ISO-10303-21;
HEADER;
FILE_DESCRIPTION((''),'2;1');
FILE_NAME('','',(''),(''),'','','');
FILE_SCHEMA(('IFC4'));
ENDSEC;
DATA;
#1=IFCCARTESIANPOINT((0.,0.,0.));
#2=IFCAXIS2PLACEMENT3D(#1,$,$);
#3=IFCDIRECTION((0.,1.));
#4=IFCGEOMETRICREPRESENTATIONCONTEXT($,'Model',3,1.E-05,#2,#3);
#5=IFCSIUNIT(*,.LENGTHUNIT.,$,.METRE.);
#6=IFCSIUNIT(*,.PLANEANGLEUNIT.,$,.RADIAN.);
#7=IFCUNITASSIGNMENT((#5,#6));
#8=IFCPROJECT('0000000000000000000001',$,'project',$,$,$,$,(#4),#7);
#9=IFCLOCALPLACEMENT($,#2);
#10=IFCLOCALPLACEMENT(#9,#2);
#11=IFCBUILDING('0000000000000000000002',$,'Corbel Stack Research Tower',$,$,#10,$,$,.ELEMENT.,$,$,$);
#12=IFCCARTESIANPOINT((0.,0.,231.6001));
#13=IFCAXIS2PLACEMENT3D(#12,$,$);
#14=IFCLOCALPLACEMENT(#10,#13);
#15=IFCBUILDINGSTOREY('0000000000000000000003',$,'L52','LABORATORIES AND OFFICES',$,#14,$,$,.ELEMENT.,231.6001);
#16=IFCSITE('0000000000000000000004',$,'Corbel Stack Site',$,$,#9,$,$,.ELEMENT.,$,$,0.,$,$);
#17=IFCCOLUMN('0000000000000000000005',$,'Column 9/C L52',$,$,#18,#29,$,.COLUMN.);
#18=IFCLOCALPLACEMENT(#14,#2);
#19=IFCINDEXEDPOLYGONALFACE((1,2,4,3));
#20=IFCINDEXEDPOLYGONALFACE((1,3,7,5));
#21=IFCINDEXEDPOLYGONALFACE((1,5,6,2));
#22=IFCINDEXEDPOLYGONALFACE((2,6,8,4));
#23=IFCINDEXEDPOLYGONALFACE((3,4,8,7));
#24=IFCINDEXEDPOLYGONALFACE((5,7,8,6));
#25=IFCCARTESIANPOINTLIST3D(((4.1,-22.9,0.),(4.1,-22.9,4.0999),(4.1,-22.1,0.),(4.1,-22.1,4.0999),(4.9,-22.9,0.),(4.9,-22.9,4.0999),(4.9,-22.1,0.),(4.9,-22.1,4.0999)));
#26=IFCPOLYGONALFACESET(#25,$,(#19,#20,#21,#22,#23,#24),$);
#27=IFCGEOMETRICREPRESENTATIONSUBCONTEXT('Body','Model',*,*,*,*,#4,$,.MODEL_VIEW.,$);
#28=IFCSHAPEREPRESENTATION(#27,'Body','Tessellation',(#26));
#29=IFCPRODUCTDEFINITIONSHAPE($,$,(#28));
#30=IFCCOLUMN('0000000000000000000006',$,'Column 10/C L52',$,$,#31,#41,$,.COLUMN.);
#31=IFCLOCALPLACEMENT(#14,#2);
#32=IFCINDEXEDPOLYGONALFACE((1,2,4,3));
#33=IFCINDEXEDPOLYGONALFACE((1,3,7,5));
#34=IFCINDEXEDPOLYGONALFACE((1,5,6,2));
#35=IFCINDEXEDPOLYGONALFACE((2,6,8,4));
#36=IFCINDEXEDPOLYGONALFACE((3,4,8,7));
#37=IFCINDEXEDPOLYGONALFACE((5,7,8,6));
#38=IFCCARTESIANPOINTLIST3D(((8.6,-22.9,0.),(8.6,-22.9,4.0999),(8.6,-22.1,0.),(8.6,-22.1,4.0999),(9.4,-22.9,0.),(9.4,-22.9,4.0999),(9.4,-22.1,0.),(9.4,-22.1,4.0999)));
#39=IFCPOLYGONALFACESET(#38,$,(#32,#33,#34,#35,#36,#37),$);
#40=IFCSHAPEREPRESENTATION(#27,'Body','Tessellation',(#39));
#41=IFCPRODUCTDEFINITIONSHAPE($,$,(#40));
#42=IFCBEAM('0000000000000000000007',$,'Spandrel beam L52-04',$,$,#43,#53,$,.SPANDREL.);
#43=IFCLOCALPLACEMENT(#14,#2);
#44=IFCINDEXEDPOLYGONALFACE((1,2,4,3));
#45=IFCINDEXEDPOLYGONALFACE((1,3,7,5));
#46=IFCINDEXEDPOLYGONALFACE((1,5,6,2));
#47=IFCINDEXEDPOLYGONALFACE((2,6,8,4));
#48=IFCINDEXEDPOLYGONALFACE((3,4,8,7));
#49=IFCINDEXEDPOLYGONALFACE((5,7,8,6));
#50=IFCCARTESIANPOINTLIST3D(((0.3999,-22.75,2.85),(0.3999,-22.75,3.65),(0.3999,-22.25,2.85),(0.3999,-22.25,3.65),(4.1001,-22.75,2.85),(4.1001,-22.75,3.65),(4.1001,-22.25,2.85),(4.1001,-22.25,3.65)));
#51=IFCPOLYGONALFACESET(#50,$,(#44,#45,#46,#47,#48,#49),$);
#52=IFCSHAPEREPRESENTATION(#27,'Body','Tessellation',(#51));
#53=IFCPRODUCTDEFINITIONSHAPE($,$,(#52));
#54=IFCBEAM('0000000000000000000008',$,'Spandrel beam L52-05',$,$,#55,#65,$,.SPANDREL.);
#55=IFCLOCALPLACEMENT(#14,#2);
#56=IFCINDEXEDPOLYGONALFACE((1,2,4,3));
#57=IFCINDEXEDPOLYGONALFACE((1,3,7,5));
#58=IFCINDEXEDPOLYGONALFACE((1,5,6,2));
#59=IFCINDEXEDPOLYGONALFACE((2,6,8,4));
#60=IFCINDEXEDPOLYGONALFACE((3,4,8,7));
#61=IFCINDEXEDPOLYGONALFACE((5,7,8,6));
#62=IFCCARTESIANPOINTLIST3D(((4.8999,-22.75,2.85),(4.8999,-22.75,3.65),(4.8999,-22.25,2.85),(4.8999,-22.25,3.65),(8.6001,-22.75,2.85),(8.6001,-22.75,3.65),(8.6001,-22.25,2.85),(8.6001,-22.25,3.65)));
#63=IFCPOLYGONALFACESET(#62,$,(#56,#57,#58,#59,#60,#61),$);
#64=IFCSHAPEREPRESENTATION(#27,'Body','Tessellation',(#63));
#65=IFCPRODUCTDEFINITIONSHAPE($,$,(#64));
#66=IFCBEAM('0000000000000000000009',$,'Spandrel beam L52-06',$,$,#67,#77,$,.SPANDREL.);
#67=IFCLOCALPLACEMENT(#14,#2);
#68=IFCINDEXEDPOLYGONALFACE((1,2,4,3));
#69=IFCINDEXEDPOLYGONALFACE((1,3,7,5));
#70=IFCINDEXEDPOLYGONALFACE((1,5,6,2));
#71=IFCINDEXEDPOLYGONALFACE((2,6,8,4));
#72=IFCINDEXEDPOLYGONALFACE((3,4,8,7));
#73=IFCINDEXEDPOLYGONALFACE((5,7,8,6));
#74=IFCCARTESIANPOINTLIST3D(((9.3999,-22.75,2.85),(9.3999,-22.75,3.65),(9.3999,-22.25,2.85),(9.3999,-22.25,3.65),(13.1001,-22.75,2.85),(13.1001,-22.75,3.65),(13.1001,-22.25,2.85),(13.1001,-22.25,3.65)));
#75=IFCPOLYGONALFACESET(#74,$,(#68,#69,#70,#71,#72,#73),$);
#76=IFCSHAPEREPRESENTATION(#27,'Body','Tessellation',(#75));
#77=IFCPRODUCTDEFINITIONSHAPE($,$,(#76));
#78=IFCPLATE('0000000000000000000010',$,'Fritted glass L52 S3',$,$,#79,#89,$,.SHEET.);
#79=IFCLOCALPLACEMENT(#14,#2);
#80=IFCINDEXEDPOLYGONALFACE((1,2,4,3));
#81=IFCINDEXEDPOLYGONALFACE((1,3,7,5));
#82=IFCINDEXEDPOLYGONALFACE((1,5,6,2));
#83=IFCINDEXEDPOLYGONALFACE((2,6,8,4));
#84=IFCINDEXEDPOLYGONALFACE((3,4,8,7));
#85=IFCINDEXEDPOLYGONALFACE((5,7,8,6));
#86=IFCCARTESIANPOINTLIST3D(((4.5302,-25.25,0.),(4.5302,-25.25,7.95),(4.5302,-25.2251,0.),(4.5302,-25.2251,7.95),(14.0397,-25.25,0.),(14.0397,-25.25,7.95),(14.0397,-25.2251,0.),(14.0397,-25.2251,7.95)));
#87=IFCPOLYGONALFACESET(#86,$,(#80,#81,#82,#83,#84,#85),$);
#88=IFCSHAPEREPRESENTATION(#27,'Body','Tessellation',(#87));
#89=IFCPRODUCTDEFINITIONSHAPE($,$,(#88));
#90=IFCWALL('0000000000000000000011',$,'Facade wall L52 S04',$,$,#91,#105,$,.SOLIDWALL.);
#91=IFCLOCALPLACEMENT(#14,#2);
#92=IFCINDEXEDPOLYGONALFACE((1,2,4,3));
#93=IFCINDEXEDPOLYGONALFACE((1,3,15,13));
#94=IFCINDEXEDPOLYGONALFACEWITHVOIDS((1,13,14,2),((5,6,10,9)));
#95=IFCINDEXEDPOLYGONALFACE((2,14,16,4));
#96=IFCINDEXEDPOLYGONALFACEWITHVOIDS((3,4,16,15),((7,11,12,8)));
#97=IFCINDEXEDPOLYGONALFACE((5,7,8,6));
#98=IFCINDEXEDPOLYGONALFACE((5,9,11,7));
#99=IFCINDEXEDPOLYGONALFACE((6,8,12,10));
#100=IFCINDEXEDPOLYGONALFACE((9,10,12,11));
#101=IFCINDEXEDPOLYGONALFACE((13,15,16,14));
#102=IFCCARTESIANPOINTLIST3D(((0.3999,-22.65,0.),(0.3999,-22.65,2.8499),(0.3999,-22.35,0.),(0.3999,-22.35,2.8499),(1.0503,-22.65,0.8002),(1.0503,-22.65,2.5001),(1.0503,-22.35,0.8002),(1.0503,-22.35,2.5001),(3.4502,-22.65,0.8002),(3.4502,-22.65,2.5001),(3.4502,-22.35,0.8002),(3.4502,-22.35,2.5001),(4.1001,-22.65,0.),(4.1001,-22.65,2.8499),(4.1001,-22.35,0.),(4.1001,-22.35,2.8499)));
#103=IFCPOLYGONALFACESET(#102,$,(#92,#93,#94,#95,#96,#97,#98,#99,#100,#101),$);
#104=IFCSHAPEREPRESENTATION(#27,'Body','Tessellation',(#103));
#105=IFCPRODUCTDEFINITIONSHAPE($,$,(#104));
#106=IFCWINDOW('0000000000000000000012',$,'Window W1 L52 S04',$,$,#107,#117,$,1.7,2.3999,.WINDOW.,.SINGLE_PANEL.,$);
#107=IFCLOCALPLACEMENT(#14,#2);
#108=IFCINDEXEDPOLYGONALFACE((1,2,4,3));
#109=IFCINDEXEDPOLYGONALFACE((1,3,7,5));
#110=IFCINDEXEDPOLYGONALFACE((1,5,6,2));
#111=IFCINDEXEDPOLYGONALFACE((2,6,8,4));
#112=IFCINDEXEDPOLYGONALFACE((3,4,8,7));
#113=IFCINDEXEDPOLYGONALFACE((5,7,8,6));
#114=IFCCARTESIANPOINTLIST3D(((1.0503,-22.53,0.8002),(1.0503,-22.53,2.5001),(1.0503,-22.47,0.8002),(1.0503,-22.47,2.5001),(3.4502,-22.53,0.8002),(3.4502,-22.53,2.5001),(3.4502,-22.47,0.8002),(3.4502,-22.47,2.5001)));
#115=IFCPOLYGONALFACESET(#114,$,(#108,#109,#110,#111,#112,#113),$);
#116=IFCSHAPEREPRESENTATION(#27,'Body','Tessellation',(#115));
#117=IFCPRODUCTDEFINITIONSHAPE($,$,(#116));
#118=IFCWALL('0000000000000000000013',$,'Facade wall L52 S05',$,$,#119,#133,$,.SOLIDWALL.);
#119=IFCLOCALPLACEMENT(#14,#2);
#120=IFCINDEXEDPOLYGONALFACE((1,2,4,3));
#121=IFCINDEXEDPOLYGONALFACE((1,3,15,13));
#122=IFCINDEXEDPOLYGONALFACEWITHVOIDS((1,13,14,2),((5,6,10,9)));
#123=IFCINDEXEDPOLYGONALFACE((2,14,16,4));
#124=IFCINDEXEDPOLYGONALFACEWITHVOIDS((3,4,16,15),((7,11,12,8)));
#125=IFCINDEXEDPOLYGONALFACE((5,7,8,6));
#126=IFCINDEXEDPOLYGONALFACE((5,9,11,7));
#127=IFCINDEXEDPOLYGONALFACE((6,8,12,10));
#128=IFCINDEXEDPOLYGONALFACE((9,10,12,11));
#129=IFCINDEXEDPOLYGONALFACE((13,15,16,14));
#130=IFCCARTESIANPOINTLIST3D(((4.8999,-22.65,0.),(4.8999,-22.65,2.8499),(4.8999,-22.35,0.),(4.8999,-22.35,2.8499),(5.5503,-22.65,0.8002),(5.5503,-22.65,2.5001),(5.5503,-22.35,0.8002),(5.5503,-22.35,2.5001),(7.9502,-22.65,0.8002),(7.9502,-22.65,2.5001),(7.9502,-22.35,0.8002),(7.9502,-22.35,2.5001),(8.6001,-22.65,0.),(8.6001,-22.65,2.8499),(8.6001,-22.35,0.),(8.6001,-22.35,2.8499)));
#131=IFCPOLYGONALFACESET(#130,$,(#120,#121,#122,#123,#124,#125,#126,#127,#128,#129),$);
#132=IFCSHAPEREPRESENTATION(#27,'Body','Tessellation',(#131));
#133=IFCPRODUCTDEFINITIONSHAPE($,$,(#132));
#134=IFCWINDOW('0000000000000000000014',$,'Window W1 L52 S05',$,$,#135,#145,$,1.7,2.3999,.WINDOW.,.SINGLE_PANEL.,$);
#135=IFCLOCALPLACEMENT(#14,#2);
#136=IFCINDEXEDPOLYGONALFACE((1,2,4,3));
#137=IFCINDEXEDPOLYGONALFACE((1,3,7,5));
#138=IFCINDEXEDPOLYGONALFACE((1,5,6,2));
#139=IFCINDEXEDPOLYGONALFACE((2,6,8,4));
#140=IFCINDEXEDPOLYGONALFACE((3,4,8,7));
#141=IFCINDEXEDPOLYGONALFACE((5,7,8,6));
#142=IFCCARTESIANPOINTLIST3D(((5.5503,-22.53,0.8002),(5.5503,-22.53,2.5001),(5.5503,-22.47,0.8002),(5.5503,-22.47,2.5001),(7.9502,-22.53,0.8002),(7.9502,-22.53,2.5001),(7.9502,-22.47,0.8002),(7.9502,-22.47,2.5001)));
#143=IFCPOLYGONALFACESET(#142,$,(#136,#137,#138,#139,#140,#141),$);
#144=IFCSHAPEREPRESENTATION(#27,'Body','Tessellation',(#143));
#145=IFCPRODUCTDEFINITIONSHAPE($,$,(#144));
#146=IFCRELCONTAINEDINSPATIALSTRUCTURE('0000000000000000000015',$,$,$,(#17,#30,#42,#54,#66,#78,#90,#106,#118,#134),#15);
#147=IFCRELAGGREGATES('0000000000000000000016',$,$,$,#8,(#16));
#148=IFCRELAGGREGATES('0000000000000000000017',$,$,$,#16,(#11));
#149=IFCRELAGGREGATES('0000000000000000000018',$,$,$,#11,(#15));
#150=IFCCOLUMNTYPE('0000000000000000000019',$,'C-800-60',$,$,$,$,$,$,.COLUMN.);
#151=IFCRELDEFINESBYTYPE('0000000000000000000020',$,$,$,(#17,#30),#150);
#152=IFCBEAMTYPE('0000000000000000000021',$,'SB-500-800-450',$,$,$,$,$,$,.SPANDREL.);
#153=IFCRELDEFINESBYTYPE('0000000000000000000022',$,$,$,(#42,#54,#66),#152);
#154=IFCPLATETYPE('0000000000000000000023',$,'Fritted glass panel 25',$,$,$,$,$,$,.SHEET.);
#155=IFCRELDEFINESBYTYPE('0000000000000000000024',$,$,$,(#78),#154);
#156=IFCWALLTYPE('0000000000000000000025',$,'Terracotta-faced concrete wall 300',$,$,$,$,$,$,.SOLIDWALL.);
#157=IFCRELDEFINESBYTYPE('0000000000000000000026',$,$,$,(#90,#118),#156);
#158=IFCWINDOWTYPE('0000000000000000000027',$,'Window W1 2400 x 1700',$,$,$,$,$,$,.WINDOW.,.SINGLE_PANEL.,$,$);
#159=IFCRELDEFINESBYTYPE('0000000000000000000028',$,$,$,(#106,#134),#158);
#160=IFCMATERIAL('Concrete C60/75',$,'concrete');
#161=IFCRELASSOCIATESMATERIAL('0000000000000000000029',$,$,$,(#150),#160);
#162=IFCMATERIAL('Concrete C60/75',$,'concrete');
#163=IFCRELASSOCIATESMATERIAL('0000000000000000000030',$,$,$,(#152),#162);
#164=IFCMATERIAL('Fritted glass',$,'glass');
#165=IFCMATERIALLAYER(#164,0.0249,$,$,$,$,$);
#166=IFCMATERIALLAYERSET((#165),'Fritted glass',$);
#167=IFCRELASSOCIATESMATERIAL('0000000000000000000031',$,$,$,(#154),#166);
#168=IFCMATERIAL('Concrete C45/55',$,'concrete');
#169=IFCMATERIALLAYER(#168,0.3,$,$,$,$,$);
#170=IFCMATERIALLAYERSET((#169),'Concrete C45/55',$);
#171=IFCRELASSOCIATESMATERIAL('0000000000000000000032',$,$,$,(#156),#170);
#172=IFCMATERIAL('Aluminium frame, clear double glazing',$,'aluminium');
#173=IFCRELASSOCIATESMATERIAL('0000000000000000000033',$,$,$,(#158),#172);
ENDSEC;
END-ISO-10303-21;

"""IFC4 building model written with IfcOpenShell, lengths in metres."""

from ifc_helpers import new_model, si_unit, direction, frame, frame_2d, origin, origin_2d, place, context, subcontext, project, spatial, rectangle, extrude, material, layer, layer_set, material_profile, profile_set, type_object, element, fill, save


model = new_model("IFC4")

# Units and contexts
model_context = context("Model", 3, precision=1e-05, world=origin(), true_north=direction((0.0, 1.0)))
body_context = subcontext(model_context, "Body", "Model", "MODEL_VIEW")
ifc_project = project(units=[si_unit("LENGTHUNIT", "METRE"), si_unit("PLANEANGLEUNIT", "RADIAN")], contexts=[model_context])

# Site, building, storey
site_placement = place(None, origin())
site = spatial("IfcSite", under=ifc_project, at=site_placement, Name="Corbel Stack Site", CompositionType="ELEMENT", RefElevation=0.0)
building_placement = place(site_placement, origin())
building = spatial("IfcBuilding", under=site, at=building_placement, Name="Corbel Stack Research Tower", CompositionType="ELEMENT")
storey_placement = place(building_placement, frame((0.0, 0.0, 231.6001)))
storey = spatial("IfcBuildingStorey", under=building, at=storey_placement, Name="L52", Description="LABORATORIES AND OFFICES", CompositionType="ELEMENT", Elevation=231.6001)

# Columns
ifc_material_1 = material(Name="Concrete C60/75", Category="concrete")
ifc_material_profile_1 = material_profile(ifc_material_1, rectangle(XDim=0.8, YDim=0.8, at=origin_2d()), Name="RC 800 x 800")
ifc_profile_set_1 = profile_set([ifc_material_profile_1], Name="Concrete C60/75")
column_type = type_object("IfcColumnType", Name="C-800-60", PredefinedType="COLUMN", material=ifc_profile_set_1)
for number, where, z_axis, x_axis, name in (
    (1, (4.5, -22.5, 0.0), (0.0, 0.0, 1.0), (1.0, 0.0, 0.0), "Column 9/C L52"),
    (2, (9.0, -22.5, 0.0), (0.0, 0.0, 1.0), (1.0, 0.0, 0.0), "Column 10/C L52"),
):
    element("IfcColumn", number, at=place(storey_placement, frame(where, z_axis=z_axis, x_axis=x_axis)), inside=storey, type_object=column_type, Name=name, PredefinedType="COLUMN", context=body_context, shape_type="SweptSolid", body=[
        extrude(rectangle(XDim=0.8, YDim=0.8, at=origin_2d()), origin(), (0.0, 0.0, 1.0), 4.0999),
    ])

# Beams
ifc_material_2 = material(Name="Concrete C60/75", Category="concrete")
ifc_material_profile_2 = material_profile(ifc_material_2, rectangle(XDim=0.5, YDim=0.8, at=origin_2d()), Name="RC 500 x 800")
ifc_profile_set_2 = profile_set([ifc_material_profile_2], Name="Concrete C60/75")
beam_type = type_object("IfcBeamType", Name="SB-500-800-450", PredefinedType="SPANDREL", material=ifc_profile_set_2)
for number, where, z_axis, x_axis, name in (
    (3, (0.3999, -22.5, 3.25), (1.0, 0.0, 0.0), (0.0, 1.0, 0.0), "Spandrel beam L52-04"),
    (4, (4.8999, -22.5, 3.25), (1.0, 0.0, 0.0), (0.0, 1.0, 0.0), "Spandrel beam L52-05"),
    (5, (9.3999, -22.5, 3.25), (1.0, 0.0, 0.0), (0.0, 1.0, 0.0), "Spandrel beam L52-06"),
):
    element("IfcBeam", number, at=place(storey_placement, frame(where, z_axis=z_axis, x_axis=x_axis)), inside=storey, type_object=beam_type, Name=name, PredefinedType="SPANDREL", context=body_context, shape_type="SweptSolid", body=[
        extrude(rectangle(XDim=0.5, YDim=0.8, at=origin_2d()), origin(), (0.0, 0.0, 1.0), 3.7002),
    ])

# Plate
ifc_material_3 = material(Name="Fritted glass", Category="glass")
ifc_layer_1 = layer(ifc_material_3, 0.0249)
ifc_layer_set_1 = layer_set([ifc_layer_1], Name="Fritted glass")
plate_type = type_object("IfcPlateType", Name="Fritted glass panel 25", PredefinedType="SHEET", material=ifc_layer_set_1)
plate_placement = place(storey_placement, frame((9.2849, -25.2375, 0.0), z_axis=(0.0, 0.0, 1.0), x_axis=(1.0, 0.0, 0.0)))
element("IfcPlate", 6, at=plate_placement, inside=storey, type_object=plate_type, Name="Fritted glass L52 S3", PredefinedType="SHEET", context=body_context, shape_type="SweptSolid", body=[
    extrude(rectangle(XDim=9.5095, YDim=0.0249, at=origin_2d()), origin(), (0.0, 0.0, 1.0), 7.95),
])

# Walls, openings, windows
ifc_material_4 = material(Name="Concrete C45/55", Category="concrete")
ifc_layer_2 = layer(ifc_material_4, 0.3)
ifc_layer_set_2 = layer_set([ifc_layer_2], Name="Concrete C45/55")
wall_type = type_object("IfcWallType", Name="Terracotta-faced concrete wall 300", PredefinedType="SOLIDWALL", material=ifc_layer_set_2)
wall_1_placement = place(storey_placement, frame((4.1001, -22.5, 0.0), z_axis=(0.0, 0.0, 1.0), x_axis=(-1.0, 0.0, 0.0)))
wall_1 = element("IfcWall", 7, at=wall_1_placement, inside=storey, type_object=wall_type, Name="Facade wall L52 S04", PredefinedType="SOLIDWALL", context=body_context, shape_type="SweptSolid", body=[
    extrude(rectangle(XDim=3.7002, YDim=0.3, at=frame_2d((1.8501, 0.0))), origin(), (0.0, 0.0, 1.0), 2.8499),
])
opening_1_placement = place(wall_1_placement, frame((0.6499, 0.0, 0.8)))
opening_1 = element("IfcOpeningElement", 8, at=opening_1_placement, cuts=wall_1, PredefinedType="OPENING", context=body_context, shape_type="SweptSolid", body=[
    extrude(rectangle(XDim=2.3999, YDim=1.7, at=frame_2d((1.2, 0.8501))), frame((0.0, 0.1599, 0.0), z_axis=(0.0, -1.0, 0.0), x_axis=(1.0, 0.0, 0.0)), (0.0, 0.0, 1.0), 0.3201),
])
ifc_material_5 = material(Name="Aluminium frame, clear double glazing", Category="aluminium")
window_type = type_object("IfcWindowType", Name="Window W1 2400 x 1700", PartitioningType="SINGLE_PANEL", PredefinedType="WINDOW", material=ifc_material_5)
window_1_placement = place(opening_1_placement, origin())
window_1 = element("IfcWindow", 9, at=window_1_placement, inside=storey, type_object=window_type, Name="Window W1 L52 S04", OverallHeight=1.7, OverallWidth=2.3999, PartitioningType="SINGLE_PANEL", PredefinedType="WINDOW", context=body_context, shape_type="SweptSolid", body=[
    extrude(rectangle(XDim=2.3999, YDim=1.7, at=frame_2d((1.2, 0.8501))), frame((0.0, 0.03, 0.0), z_axis=(0.0, -1.0, 0.0), x_axis=(1.0, 0.0, 0.0)), (0.0, 0.0, 1.0), 0.0601),
])
fill(opening_1, window_1)
wall_2_placement = place(storey_placement, frame((8.6001, -22.5, 0.0), z_axis=(0.0, 0.0, 1.0), x_axis=(-1.0, 0.0, 0.0)))
wall_2 = element("IfcWall", 10, at=wall_2_placement, inside=storey, type_object=wall_type, Name="Facade wall L52 S05", PredefinedType="SOLIDWALL", context=body_context, shape_type="SweptSolid", body=[
    extrude(rectangle(XDim=3.7002, YDim=0.3, at=frame_2d((1.8501, 0.0))), origin(), (0.0, 0.0, 1.0), 2.8499),
])
opening_2_placement = place(wall_2_placement, frame((0.6499, 0.0, 0.8)))
opening_2 = element("IfcOpeningElement", 11, at=opening_2_placement, cuts=wall_2, PredefinedType="OPENING", context=body_context, shape_type="SweptSolid", body=[
    extrude(rectangle(XDim=2.3999, YDim=1.7, at=frame_2d((1.2, 0.8501))), frame((0.0, 0.1599, 0.0), z_axis=(0.0, -1.0, 0.0), x_axis=(1.0, 0.0, 0.0)), (0.0, 0.0, 1.0), 0.3201),
])
window_2_placement = place(opening_2_placement, origin())
window_2 = element("IfcWindow", 12, at=window_2_placement, inside=storey, type_object=window_type, Name="Window W1 L52 S05", OverallHeight=1.7, OverallWidth=2.3999, PartitioningType="SINGLE_PANEL", PredefinedType="WINDOW", context=body_context, shape_type="SweptSolid", body=[
    extrude(rectangle(XDim=2.3999, YDim=1.7, at=frame_2d((1.2, 0.8501))), frame((0.0, 0.03, 0.0), z_axis=(0.0, -1.0, 0.0), x_axis=(1.0, 0.0, 0.0)), (0.0, 0.0, 1.0), 0.0601),
])
fill(opening_2, window_2)

save(model, "model.ifc")
